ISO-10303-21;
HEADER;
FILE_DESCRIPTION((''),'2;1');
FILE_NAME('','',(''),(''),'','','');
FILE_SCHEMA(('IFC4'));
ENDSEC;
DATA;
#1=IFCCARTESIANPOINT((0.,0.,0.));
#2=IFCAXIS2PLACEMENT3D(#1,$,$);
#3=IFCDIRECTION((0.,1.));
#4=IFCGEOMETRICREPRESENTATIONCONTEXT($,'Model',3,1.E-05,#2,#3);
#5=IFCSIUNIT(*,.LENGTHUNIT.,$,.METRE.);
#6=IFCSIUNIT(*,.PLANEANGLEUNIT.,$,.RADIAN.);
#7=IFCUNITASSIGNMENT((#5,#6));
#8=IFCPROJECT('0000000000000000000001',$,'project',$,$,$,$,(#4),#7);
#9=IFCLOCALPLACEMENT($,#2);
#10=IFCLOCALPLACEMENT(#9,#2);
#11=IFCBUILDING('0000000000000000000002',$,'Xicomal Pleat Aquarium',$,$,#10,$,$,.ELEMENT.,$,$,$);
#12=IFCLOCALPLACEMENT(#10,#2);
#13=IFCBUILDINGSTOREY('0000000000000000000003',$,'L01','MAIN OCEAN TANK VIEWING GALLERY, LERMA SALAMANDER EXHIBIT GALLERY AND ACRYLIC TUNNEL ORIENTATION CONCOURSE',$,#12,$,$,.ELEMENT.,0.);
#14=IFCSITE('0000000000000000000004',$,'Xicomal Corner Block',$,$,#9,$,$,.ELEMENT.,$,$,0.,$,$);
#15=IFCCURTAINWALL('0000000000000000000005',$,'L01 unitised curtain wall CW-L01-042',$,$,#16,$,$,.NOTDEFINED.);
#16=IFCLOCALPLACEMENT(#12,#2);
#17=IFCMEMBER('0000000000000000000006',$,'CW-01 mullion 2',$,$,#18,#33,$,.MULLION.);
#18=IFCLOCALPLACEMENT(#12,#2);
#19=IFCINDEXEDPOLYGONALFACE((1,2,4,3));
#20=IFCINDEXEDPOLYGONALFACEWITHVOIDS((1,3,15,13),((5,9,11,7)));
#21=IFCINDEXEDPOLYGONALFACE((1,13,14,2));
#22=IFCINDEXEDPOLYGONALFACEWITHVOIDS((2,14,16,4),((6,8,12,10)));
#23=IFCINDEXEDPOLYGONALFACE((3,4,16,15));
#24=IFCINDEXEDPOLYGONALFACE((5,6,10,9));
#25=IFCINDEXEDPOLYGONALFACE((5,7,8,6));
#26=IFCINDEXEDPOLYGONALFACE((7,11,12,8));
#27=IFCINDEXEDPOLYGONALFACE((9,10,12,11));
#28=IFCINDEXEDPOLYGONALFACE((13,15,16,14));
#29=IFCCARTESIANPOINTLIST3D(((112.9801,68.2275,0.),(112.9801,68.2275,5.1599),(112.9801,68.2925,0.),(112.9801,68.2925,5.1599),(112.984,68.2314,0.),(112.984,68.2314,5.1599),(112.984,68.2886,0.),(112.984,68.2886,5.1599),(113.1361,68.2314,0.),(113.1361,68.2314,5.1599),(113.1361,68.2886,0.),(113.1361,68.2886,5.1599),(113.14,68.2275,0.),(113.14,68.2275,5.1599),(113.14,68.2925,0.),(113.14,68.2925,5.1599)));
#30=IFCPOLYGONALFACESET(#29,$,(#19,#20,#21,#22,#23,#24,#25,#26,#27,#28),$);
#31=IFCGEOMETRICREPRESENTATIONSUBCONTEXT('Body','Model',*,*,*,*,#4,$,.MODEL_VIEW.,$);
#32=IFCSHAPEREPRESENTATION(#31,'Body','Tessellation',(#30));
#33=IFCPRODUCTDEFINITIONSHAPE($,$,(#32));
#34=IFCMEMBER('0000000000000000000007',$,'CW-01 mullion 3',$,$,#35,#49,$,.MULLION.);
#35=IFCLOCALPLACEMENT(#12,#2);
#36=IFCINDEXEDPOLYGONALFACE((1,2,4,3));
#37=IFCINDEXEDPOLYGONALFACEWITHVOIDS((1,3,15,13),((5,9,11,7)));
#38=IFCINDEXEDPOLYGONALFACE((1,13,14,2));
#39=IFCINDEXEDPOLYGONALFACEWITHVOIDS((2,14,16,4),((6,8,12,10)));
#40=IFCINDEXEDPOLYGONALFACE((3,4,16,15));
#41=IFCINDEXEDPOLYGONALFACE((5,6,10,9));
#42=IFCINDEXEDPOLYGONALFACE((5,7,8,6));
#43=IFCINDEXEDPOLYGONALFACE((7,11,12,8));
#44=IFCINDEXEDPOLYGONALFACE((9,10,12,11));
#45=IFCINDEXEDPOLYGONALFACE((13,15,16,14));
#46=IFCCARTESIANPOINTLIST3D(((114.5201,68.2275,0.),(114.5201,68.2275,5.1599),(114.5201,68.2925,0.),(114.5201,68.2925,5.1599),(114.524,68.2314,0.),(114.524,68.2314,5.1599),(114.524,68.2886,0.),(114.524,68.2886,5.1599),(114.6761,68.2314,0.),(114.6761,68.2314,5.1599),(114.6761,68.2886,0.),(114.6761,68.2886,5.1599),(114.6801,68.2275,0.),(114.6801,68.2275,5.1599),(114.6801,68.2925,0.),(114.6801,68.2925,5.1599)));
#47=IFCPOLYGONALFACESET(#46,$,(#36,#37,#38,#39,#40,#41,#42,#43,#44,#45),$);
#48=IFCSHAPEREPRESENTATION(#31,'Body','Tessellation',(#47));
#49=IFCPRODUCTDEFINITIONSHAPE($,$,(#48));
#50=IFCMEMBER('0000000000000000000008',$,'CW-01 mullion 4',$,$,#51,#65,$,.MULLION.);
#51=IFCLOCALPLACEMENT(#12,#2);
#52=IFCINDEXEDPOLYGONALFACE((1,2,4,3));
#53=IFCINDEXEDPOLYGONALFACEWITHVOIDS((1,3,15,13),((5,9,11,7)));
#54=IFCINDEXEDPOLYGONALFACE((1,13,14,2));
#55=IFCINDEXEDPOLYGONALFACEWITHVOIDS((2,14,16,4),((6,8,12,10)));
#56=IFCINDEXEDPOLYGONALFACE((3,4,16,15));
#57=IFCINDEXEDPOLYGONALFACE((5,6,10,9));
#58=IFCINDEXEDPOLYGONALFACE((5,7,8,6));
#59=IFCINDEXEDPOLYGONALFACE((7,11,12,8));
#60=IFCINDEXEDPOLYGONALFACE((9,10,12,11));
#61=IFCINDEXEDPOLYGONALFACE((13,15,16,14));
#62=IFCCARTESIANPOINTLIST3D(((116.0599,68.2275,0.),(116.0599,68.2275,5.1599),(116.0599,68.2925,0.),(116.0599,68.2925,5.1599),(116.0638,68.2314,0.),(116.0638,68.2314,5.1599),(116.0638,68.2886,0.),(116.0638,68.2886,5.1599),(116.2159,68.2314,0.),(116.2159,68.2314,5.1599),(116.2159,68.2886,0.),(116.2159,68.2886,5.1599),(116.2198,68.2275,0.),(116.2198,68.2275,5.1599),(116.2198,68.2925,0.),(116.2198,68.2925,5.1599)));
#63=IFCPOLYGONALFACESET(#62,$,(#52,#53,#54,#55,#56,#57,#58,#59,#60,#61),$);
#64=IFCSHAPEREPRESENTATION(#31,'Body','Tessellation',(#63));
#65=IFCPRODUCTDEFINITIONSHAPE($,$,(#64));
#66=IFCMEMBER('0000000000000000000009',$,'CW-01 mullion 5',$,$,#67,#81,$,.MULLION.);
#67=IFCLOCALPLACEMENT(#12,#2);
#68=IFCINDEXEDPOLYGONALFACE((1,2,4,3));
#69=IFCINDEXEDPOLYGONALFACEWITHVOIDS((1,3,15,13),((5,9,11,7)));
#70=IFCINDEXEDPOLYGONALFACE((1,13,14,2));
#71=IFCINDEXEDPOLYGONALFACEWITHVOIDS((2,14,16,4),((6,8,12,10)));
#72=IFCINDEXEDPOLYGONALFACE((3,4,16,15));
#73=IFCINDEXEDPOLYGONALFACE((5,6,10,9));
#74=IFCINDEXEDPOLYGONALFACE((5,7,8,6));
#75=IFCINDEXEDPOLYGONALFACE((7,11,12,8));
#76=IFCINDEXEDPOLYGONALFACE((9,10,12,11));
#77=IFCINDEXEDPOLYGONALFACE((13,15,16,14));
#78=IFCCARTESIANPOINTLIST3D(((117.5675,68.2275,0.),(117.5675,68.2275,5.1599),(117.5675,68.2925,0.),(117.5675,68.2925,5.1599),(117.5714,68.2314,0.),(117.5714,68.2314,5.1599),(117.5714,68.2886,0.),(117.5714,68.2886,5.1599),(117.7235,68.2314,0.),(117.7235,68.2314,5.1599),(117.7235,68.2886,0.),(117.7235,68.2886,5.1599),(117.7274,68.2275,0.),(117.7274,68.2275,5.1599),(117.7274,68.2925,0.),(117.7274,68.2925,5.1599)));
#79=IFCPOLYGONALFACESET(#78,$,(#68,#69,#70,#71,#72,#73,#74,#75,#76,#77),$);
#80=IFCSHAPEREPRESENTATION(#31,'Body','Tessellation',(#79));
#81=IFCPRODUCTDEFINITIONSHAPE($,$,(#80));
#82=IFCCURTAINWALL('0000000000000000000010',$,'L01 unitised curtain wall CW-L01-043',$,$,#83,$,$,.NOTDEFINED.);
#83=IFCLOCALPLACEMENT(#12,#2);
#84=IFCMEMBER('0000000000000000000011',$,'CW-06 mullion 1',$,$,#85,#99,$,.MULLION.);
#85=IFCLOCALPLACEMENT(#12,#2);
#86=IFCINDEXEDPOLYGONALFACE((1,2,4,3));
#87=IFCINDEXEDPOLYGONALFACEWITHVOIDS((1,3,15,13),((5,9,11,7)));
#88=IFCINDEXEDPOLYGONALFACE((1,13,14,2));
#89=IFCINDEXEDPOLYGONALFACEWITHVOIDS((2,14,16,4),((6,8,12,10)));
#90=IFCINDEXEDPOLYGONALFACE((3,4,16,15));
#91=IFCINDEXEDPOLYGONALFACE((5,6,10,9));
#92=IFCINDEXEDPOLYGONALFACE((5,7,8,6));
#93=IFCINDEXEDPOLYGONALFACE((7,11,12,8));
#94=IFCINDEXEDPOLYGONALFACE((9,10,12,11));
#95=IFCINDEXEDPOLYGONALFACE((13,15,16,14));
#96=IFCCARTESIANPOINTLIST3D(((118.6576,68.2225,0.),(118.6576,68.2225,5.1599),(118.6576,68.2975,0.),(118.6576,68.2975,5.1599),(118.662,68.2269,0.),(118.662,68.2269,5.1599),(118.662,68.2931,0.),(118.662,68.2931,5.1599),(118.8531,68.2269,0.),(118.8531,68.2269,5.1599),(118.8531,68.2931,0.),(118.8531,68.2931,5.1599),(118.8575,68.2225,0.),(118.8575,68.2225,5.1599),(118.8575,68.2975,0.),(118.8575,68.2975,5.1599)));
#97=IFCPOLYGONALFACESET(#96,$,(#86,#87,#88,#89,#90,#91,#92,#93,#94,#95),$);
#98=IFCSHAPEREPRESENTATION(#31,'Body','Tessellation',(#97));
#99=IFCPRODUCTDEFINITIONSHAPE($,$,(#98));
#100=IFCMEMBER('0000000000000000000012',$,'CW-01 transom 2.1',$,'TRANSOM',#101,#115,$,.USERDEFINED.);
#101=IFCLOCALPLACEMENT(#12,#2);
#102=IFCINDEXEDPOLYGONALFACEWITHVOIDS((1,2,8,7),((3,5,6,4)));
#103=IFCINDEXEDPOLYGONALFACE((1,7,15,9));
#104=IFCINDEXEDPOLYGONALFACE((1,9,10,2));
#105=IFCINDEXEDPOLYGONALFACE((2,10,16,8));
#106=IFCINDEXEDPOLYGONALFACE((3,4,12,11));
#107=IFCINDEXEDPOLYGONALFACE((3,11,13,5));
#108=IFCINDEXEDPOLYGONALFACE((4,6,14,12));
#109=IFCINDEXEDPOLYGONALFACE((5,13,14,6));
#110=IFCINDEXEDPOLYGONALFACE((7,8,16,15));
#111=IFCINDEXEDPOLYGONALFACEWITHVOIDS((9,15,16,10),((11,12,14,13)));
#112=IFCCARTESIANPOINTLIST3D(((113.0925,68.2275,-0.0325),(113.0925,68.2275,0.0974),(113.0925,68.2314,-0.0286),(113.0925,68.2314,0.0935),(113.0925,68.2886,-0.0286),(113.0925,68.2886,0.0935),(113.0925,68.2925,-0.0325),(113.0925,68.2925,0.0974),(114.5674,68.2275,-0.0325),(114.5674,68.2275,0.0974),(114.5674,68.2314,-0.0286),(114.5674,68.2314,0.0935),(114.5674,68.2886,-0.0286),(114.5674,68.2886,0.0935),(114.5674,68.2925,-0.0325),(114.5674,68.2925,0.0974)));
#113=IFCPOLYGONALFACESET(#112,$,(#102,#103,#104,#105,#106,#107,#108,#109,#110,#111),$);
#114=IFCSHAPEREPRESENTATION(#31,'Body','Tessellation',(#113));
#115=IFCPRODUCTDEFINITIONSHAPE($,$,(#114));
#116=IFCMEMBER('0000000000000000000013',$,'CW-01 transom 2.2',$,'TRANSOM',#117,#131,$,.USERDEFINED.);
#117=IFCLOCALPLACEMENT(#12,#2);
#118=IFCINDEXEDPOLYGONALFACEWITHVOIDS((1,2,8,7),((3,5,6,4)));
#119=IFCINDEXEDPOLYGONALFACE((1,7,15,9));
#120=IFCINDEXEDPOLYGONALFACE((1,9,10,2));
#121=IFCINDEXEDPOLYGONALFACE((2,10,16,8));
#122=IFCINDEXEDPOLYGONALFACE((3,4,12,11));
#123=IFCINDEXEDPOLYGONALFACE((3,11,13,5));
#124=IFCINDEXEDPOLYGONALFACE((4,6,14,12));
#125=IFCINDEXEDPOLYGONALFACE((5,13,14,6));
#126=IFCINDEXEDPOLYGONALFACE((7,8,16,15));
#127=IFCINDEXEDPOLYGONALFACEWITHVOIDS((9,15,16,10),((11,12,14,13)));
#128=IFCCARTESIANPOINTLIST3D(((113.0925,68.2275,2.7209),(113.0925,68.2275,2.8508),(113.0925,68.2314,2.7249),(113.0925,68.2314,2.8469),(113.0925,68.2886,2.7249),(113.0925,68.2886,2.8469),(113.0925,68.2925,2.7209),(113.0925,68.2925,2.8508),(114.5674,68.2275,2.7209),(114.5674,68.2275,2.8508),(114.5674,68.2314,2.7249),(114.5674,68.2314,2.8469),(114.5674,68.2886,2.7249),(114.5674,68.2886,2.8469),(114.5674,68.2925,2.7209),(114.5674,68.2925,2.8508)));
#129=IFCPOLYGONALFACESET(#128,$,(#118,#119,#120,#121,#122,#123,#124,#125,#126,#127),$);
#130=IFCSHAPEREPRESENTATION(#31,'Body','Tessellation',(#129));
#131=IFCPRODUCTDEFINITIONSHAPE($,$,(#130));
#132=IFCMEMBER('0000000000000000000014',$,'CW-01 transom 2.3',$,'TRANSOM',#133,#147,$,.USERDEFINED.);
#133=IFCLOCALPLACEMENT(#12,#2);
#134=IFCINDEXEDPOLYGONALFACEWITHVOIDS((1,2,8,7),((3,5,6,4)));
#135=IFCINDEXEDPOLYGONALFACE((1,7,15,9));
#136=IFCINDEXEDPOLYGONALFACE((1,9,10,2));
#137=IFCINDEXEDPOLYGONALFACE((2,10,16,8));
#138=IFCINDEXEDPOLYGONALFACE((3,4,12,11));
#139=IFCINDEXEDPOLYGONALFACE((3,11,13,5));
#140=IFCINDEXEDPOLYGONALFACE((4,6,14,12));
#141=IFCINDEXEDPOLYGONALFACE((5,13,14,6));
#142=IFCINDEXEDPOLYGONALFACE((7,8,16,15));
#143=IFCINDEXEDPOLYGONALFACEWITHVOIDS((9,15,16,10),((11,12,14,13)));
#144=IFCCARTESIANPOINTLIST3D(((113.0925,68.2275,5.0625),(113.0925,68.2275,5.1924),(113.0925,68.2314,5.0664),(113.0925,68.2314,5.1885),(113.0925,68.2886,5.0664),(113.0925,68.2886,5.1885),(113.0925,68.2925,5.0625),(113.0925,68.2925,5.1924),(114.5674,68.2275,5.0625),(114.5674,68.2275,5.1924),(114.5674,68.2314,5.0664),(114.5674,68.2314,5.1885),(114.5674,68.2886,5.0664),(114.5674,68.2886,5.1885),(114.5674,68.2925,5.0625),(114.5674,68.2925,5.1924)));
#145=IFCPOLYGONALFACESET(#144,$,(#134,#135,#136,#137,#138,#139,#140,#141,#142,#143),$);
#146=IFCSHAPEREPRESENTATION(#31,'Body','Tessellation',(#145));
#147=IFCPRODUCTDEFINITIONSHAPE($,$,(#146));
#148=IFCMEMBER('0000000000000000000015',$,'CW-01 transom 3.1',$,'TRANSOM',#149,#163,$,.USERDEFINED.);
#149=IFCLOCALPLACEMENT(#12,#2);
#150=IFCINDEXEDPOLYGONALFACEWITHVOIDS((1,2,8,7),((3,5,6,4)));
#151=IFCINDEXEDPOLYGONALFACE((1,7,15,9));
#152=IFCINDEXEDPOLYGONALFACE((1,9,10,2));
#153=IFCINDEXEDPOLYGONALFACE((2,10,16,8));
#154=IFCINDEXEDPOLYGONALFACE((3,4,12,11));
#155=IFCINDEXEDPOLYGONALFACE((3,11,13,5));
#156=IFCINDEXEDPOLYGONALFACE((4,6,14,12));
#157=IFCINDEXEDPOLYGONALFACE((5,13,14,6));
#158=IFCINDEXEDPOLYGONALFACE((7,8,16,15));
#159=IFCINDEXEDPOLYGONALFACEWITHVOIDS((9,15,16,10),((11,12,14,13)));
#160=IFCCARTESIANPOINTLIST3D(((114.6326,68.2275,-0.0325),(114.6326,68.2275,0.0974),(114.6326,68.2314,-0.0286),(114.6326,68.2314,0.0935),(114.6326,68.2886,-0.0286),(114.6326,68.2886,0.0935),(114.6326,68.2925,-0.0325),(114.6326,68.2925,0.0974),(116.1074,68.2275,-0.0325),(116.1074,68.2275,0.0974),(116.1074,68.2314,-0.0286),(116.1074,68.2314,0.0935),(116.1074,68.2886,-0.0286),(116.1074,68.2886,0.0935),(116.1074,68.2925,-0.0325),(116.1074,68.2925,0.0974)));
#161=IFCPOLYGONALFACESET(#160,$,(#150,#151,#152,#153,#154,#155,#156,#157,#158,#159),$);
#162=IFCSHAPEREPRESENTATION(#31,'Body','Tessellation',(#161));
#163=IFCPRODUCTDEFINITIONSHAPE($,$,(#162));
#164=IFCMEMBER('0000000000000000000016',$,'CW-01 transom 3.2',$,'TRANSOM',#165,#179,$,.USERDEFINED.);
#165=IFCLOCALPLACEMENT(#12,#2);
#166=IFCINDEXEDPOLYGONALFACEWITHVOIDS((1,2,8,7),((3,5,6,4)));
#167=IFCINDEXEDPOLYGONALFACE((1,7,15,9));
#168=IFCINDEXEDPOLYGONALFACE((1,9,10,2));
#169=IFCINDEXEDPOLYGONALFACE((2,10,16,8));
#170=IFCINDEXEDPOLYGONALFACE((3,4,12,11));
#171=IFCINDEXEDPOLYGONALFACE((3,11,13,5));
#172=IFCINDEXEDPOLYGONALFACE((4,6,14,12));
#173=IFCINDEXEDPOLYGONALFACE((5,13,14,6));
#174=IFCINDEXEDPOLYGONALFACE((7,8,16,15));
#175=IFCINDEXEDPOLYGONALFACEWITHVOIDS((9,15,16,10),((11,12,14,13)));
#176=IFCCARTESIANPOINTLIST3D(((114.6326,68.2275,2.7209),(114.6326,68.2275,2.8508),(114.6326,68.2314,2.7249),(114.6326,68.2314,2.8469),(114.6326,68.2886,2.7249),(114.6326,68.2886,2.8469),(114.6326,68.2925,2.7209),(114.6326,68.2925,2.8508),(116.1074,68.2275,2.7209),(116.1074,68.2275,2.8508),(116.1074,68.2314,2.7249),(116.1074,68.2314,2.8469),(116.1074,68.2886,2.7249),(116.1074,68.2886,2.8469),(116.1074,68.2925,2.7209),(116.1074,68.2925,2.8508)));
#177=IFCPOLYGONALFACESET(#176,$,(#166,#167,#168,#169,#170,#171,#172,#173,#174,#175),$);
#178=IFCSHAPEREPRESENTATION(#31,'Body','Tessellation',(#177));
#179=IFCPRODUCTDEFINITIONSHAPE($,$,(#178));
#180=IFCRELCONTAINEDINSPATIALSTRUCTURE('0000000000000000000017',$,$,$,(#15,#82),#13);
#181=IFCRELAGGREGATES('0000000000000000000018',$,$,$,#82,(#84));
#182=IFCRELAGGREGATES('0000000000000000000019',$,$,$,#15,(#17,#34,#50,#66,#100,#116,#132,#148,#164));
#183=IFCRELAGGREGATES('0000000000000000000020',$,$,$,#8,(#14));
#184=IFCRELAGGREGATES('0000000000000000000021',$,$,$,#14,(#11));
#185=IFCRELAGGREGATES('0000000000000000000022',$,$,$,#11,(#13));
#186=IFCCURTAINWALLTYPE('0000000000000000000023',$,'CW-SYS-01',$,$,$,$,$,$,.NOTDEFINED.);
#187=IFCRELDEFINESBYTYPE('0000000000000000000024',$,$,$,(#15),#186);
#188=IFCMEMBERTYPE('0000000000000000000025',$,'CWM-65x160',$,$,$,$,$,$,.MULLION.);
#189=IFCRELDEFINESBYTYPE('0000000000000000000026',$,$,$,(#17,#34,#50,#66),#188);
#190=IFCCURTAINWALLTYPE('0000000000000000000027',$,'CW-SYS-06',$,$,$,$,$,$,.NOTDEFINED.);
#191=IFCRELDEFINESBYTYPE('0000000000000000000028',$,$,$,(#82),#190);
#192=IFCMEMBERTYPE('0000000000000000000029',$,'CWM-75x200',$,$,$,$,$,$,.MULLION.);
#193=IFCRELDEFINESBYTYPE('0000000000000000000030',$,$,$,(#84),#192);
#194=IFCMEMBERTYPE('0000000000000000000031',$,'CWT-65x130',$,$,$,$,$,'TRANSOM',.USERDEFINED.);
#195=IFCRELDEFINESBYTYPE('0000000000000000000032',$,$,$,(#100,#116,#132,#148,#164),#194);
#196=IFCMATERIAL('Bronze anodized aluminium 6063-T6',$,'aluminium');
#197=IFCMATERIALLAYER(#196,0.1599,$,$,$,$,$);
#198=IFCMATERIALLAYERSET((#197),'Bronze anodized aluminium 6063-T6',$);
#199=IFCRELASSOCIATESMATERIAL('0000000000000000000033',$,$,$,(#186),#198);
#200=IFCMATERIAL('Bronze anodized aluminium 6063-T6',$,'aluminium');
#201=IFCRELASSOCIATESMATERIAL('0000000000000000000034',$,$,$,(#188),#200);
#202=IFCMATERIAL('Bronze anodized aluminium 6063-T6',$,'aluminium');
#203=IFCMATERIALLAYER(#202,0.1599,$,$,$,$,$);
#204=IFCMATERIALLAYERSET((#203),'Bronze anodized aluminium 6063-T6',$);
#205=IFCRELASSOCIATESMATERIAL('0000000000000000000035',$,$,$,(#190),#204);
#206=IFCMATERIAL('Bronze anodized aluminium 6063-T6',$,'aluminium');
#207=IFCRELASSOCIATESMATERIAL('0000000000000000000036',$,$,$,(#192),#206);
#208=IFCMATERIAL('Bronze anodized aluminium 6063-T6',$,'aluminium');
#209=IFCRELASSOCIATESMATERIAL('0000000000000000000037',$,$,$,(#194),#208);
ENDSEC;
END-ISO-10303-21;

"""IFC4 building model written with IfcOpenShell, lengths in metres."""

from ifc_helpers import new_model, si_unit, direction, frame, origin, origin_2d, place, context, subcontext, project, spatial, hollow_rectangle, extrude, material, layer, layer_set, material_profile, profile_set, type_object, element, aggregate, save


model = new_model("IFC4")

# Units and contexts
model_context = context("Model", 3, precision=1e-05, world=origin(), true_north=direction((0.0, 1.0)))
body_context = subcontext(model_context, "Body", "Model", "MODEL_VIEW")
ifc_project = project(units=[si_unit("LENGTHUNIT", "METRE"), si_unit("PLANEANGLEUNIT", "RADIAN")], contexts=[model_context])

# Site, building, storey
site_placement = place(None, origin())
site = spatial("IfcSite", under=ifc_project, at=site_placement, Name="Xicomal Corner Block", CompositionType="ELEMENT", RefElevation=0.0)
building_placement = place(site_placement, origin())
building = spatial("IfcBuilding", under=site, at=building_placement, Name="Xicomal Pleat Aquarium", CompositionType="ELEMENT")
storey_placement = place(building_placement, origin())
storey = spatial("IfcBuildingStorey", under=building, at=storey_placement, Name="L01", Description="MAIN OCEAN TANK VIEWING GALLERY, LERMA SALAMANDER EXHIBIT GALLERY AND ACRYLIC TUNNEL ORIENTATION CONCOURSE", CompositionType="ELEMENT", Elevation=0.0)

# Curtain wall, members
ifc_material_1 = material(Name="Bronze anodized aluminium 6063-T6", Category="aluminium")
ifc_layer_1 = layer(ifc_material_1, 0.1599)
ifc_layer_set_1 = layer_set([ifc_layer_1], Name="Bronze anodized aluminium 6063-T6")
curtain_wall_type_1 = type_object("IfcCurtainWallType", Name="CW-SYS-01", PredefinedType="NOTDEFINED", material=ifc_layer_set_1)
curtain_wall_1_placement = place(storey_placement, origin())
curtain_wall_1 = element("IfcCurtainWall", 1, at=curtain_wall_1_placement, inside=storey, type_object=curtain_wall_type_1, Name="L01 unitised curtain wall CW-L01-042", PredefinedType="NOTDEFINED")
ifc_material_2 = material(Name="Bronze anodized aluminium 6063-T6", Category="aluminium")
ifc_material_profile_1 = material_profile(ifc_material_2, hollow_rectangle(XDim=0.0649, YDim=0.1599, WallThickness=0.0039, at=origin_2d()), Name="ALU MULL 65x160")
ifc_profile_set_1 = profile_set([ifc_material_profile_1], Name="Bronze anodized aluminium 6063-T6")
member_type_1 = type_object("IfcMemberType", Name="CWM-65x160", PredefinedType="MULLION", material=ifc_profile_set_1)
member_1_placement = place(storey_placement, frame((113.0601, 68.26, 0.0), z_axis=(0.0, 0.0, 1.0), x_axis=(0.0, 1.0, 0.0)))
member_1 = element("IfcMember", 2, at=member_1_placement, type_object=member_type_1, Name="CW-01 mullion 2", PredefinedType="MULLION", context=body_context, shape_type="SweptSolid", body=[
    extrude(hollow_rectangle(XDim=0.0649, YDim=0.1599, WallThickness=0.0039, at=origin_2d()), origin(), (0.0, 0.0, 1.0), 5.1599),
])
member_2_placement = place(storey_placement, frame((114.6001, 68.26, 0.0), z_axis=(0.0, 0.0, 1.0), x_axis=(0.0, 1.0, 0.0)))
member_2 = element("IfcMember", 3, at=member_2_placement, type_object=member_type_1, Name="CW-01 mullion 3", PredefinedType="MULLION", context=body_context, shape_type="SweptSolid", body=[
    extrude(hollow_rectangle(XDim=0.0649, YDim=0.1599, WallThickness=0.0039, at=origin_2d()), origin(), (0.0, 0.0, 1.0), 5.1599),
])
member_3_placement = place(storey_placement, frame((116.1399, 68.26, 0.0), z_axis=(0.0, 0.0, 1.0), x_axis=(0.0, 1.0, 0.0)))
member_3 = element("IfcMember", 4, at=member_3_placement, type_object=member_type_1, Name="CW-01 mullion 4", PredefinedType="MULLION", context=body_context, shape_type="SweptSolid", body=[
    extrude(hollow_rectangle(XDim=0.0649, YDim=0.1599, WallThickness=0.0039, at=origin_2d()), origin(), (0.0, 0.0, 1.0), 5.1599),
])
member_4_placement = place(storey_placement, frame((117.6475, 68.26, 0.0), z_axis=(0.0, 0.0, 1.0), x_axis=(0.0, 1.0, 0.0)))
member_4 = element("IfcMember", 5, at=member_4_placement, type_object=member_type_1, Name="CW-01 mullion 5", PredefinedType="MULLION", context=body_context, shape_type="SweptSolid", body=[
    extrude(hollow_rectangle(XDim=0.0649, YDim=0.1599, WallThickness=0.0039, at=origin_2d()), origin(), (0.0, 0.0, 1.0), 5.1599),
])

# Curtain wall, member
ifc_material_3 = material(Name="Bronze anodized aluminium 6063-T6", Category="aluminium")
ifc_layer_2 = layer(ifc_material_3, 0.1599)
ifc_layer_set_2 = layer_set([ifc_layer_2], Name="Bronze anodized aluminium 6063-T6")
curtain_wall_type_2 = type_object("IfcCurtainWallType", Name="CW-SYS-06", PredefinedType="NOTDEFINED", material=ifc_layer_set_2)
curtain_wall_2_placement = place(storey_placement, origin())
curtain_wall_2 = element("IfcCurtainWall", 6, at=curtain_wall_2_placement, inside=storey, type_object=curtain_wall_type_2, Name="L01 unitised curtain wall CW-L01-043", PredefinedType="NOTDEFINED")
ifc_material_4 = material(Name="Bronze anodized aluminium 6063-T6", Category="aluminium")
ifc_material_profile_2 = material_profile(ifc_material_4, hollow_rectangle(XDim=0.075, YDim=0.2, WallThickness=0.0044, at=origin_2d()), Name="ALU MULL 75x200")
ifc_profile_set_2 = profile_set([ifc_material_profile_2], Name="Bronze anodized aluminium 6063-T6")
member_type_2 = type_object("IfcMemberType", Name="CWM-75x200", PredefinedType="MULLION", material=ifc_profile_set_2)
member_5_placement = place(storey_placement, frame((118.7576, 68.26, 0.0), z_axis=(0.0, 0.0, 1.0), x_axis=(0.0, 1.0, 0.0)))
member_5 = element("IfcMember", 7, at=member_5_placement, type_object=member_type_2, Name="CW-06 mullion 1", PredefinedType="MULLION", context=body_context, shape_type="SweptSolid", body=[
    extrude(hollow_rectangle(XDim=0.075, YDim=0.2, WallThickness=0.0044, at=origin_2d()), origin(), (0.0, 0.0, 1.0), 5.1599),
])
aggregate(curtain_wall_2, [member_5])

# Members
ifc_material_5 = material(Name="Bronze anodized aluminium 6063-T6", Category="aluminium")
ifc_material_profile_3 = material_profile(ifc_material_5, hollow_rectangle(XDim=0.0649, YDim=0.1299, WallThickness=0.0039, at=origin_2d()), Name="ALU TRAN 65x130")
ifc_profile_set_3 = profile_set([ifc_material_profile_3], Name="Bronze anodized aluminium 6063-T6")
member_type_3 = type_object("IfcMemberType", Name="CWT-65x130", ElementType="TRANSOM", PredefinedType="USERDEFINED", material=ifc_profile_set_3)
member_6_placement = place(storey_placement, frame((113.0925, 68.26, 0.0325), z_axis=(1.0, 0.0, 0.0), x_axis=(0.0, 1.0, 0.0)))
member_6 = element("IfcMember", 8, at=member_6_placement, type_object=member_type_3, Name="CW-01 transom 2.1", ObjectType="TRANSOM", PredefinedType="USERDEFINED", context=body_context, shape_type="SweptSolid", body=[
    extrude(hollow_rectangle(XDim=0.0649, YDim=0.1299, WallThickness=0.0039, at=origin_2d()), origin(), (0.0, 0.0, 1.0), 1.4749),
])
member_7_placement = place(storey_placement, frame((113.0925, 68.26, 2.7859), z_axis=(1.0, 0.0, 0.0), x_axis=(0.0, 1.0, 0.0)))
member_7 = element("IfcMember", 9, at=member_7_placement, type_object=member_type_3, Name="CW-01 transom 2.2", ObjectType="TRANSOM", PredefinedType="USERDEFINED", context=body_context, shape_type="SweptSolid", body=[
    extrude(hollow_rectangle(XDim=0.0649, YDim=0.1299, WallThickness=0.0039, at=origin_2d()), origin(), (0.0, 0.0, 1.0), 1.4749),
])
member_8_placement = place(storey_placement, frame((113.0925, 68.26, 5.1274), z_axis=(1.0, 0.0, 0.0), x_axis=(0.0, 1.0, 0.0)))
member_8 = element("IfcMember", 10, at=member_8_placement, type_object=member_type_3, Name="CW-01 transom 2.3", ObjectType="TRANSOM", PredefinedType="USERDEFINED", context=body_context, shape_type="SweptSolid", body=[
    extrude(hollow_rectangle(XDim=0.0649, YDim=0.1299, WallThickness=0.0039, at=origin_2d()), origin(), (0.0, 0.0, 1.0), 1.4749),
])
member_9_placement = place(storey_placement, frame((114.6326, 68.26, 0.0325), z_axis=(1.0, 0.0, 0.0), x_axis=(0.0, 1.0, 0.0)))
member_9 = element("IfcMember", 11, at=member_9_placement, type_object=member_type_3, Name="CW-01 transom 3.1", ObjectType="TRANSOM", PredefinedType="USERDEFINED", context=body_context, shape_type="SweptSolid", body=[
    extrude(hollow_rectangle(XDim=0.0649, YDim=0.1299, WallThickness=0.0039, at=origin_2d()), origin(), (0.0, 0.0, 1.0), 1.4749),
])
member_10_placement = place(storey_placement, frame((114.6326, 68.26, 2.7859), z_axis=(1.0, 0.0, 0.0), x_axis=(0.0, 1.0, 0.0)))
member_10 = element("IfcMember", 12, at=member_10_placement, type_object=member_type_3, Name="CW-01 transom 3.2", ObjectType="TRANSOM", PredefinedType="USERDEFINED", context=body_context, shape_type="SweptSolid", body=[
    extrude(hollow_rectangle(XDim=0.0649, YDim=0.1299, WallThickness=0.0039, at=origin_2d()), origin(), (0.0, 0.0, 1.0), 1.4749),
])

aggregate(curtain_wall_1, [member_1, member_2, member_3, member_4, member_6, member_7, member_8, member_9, member_10])

save(model, "model.ifc")
